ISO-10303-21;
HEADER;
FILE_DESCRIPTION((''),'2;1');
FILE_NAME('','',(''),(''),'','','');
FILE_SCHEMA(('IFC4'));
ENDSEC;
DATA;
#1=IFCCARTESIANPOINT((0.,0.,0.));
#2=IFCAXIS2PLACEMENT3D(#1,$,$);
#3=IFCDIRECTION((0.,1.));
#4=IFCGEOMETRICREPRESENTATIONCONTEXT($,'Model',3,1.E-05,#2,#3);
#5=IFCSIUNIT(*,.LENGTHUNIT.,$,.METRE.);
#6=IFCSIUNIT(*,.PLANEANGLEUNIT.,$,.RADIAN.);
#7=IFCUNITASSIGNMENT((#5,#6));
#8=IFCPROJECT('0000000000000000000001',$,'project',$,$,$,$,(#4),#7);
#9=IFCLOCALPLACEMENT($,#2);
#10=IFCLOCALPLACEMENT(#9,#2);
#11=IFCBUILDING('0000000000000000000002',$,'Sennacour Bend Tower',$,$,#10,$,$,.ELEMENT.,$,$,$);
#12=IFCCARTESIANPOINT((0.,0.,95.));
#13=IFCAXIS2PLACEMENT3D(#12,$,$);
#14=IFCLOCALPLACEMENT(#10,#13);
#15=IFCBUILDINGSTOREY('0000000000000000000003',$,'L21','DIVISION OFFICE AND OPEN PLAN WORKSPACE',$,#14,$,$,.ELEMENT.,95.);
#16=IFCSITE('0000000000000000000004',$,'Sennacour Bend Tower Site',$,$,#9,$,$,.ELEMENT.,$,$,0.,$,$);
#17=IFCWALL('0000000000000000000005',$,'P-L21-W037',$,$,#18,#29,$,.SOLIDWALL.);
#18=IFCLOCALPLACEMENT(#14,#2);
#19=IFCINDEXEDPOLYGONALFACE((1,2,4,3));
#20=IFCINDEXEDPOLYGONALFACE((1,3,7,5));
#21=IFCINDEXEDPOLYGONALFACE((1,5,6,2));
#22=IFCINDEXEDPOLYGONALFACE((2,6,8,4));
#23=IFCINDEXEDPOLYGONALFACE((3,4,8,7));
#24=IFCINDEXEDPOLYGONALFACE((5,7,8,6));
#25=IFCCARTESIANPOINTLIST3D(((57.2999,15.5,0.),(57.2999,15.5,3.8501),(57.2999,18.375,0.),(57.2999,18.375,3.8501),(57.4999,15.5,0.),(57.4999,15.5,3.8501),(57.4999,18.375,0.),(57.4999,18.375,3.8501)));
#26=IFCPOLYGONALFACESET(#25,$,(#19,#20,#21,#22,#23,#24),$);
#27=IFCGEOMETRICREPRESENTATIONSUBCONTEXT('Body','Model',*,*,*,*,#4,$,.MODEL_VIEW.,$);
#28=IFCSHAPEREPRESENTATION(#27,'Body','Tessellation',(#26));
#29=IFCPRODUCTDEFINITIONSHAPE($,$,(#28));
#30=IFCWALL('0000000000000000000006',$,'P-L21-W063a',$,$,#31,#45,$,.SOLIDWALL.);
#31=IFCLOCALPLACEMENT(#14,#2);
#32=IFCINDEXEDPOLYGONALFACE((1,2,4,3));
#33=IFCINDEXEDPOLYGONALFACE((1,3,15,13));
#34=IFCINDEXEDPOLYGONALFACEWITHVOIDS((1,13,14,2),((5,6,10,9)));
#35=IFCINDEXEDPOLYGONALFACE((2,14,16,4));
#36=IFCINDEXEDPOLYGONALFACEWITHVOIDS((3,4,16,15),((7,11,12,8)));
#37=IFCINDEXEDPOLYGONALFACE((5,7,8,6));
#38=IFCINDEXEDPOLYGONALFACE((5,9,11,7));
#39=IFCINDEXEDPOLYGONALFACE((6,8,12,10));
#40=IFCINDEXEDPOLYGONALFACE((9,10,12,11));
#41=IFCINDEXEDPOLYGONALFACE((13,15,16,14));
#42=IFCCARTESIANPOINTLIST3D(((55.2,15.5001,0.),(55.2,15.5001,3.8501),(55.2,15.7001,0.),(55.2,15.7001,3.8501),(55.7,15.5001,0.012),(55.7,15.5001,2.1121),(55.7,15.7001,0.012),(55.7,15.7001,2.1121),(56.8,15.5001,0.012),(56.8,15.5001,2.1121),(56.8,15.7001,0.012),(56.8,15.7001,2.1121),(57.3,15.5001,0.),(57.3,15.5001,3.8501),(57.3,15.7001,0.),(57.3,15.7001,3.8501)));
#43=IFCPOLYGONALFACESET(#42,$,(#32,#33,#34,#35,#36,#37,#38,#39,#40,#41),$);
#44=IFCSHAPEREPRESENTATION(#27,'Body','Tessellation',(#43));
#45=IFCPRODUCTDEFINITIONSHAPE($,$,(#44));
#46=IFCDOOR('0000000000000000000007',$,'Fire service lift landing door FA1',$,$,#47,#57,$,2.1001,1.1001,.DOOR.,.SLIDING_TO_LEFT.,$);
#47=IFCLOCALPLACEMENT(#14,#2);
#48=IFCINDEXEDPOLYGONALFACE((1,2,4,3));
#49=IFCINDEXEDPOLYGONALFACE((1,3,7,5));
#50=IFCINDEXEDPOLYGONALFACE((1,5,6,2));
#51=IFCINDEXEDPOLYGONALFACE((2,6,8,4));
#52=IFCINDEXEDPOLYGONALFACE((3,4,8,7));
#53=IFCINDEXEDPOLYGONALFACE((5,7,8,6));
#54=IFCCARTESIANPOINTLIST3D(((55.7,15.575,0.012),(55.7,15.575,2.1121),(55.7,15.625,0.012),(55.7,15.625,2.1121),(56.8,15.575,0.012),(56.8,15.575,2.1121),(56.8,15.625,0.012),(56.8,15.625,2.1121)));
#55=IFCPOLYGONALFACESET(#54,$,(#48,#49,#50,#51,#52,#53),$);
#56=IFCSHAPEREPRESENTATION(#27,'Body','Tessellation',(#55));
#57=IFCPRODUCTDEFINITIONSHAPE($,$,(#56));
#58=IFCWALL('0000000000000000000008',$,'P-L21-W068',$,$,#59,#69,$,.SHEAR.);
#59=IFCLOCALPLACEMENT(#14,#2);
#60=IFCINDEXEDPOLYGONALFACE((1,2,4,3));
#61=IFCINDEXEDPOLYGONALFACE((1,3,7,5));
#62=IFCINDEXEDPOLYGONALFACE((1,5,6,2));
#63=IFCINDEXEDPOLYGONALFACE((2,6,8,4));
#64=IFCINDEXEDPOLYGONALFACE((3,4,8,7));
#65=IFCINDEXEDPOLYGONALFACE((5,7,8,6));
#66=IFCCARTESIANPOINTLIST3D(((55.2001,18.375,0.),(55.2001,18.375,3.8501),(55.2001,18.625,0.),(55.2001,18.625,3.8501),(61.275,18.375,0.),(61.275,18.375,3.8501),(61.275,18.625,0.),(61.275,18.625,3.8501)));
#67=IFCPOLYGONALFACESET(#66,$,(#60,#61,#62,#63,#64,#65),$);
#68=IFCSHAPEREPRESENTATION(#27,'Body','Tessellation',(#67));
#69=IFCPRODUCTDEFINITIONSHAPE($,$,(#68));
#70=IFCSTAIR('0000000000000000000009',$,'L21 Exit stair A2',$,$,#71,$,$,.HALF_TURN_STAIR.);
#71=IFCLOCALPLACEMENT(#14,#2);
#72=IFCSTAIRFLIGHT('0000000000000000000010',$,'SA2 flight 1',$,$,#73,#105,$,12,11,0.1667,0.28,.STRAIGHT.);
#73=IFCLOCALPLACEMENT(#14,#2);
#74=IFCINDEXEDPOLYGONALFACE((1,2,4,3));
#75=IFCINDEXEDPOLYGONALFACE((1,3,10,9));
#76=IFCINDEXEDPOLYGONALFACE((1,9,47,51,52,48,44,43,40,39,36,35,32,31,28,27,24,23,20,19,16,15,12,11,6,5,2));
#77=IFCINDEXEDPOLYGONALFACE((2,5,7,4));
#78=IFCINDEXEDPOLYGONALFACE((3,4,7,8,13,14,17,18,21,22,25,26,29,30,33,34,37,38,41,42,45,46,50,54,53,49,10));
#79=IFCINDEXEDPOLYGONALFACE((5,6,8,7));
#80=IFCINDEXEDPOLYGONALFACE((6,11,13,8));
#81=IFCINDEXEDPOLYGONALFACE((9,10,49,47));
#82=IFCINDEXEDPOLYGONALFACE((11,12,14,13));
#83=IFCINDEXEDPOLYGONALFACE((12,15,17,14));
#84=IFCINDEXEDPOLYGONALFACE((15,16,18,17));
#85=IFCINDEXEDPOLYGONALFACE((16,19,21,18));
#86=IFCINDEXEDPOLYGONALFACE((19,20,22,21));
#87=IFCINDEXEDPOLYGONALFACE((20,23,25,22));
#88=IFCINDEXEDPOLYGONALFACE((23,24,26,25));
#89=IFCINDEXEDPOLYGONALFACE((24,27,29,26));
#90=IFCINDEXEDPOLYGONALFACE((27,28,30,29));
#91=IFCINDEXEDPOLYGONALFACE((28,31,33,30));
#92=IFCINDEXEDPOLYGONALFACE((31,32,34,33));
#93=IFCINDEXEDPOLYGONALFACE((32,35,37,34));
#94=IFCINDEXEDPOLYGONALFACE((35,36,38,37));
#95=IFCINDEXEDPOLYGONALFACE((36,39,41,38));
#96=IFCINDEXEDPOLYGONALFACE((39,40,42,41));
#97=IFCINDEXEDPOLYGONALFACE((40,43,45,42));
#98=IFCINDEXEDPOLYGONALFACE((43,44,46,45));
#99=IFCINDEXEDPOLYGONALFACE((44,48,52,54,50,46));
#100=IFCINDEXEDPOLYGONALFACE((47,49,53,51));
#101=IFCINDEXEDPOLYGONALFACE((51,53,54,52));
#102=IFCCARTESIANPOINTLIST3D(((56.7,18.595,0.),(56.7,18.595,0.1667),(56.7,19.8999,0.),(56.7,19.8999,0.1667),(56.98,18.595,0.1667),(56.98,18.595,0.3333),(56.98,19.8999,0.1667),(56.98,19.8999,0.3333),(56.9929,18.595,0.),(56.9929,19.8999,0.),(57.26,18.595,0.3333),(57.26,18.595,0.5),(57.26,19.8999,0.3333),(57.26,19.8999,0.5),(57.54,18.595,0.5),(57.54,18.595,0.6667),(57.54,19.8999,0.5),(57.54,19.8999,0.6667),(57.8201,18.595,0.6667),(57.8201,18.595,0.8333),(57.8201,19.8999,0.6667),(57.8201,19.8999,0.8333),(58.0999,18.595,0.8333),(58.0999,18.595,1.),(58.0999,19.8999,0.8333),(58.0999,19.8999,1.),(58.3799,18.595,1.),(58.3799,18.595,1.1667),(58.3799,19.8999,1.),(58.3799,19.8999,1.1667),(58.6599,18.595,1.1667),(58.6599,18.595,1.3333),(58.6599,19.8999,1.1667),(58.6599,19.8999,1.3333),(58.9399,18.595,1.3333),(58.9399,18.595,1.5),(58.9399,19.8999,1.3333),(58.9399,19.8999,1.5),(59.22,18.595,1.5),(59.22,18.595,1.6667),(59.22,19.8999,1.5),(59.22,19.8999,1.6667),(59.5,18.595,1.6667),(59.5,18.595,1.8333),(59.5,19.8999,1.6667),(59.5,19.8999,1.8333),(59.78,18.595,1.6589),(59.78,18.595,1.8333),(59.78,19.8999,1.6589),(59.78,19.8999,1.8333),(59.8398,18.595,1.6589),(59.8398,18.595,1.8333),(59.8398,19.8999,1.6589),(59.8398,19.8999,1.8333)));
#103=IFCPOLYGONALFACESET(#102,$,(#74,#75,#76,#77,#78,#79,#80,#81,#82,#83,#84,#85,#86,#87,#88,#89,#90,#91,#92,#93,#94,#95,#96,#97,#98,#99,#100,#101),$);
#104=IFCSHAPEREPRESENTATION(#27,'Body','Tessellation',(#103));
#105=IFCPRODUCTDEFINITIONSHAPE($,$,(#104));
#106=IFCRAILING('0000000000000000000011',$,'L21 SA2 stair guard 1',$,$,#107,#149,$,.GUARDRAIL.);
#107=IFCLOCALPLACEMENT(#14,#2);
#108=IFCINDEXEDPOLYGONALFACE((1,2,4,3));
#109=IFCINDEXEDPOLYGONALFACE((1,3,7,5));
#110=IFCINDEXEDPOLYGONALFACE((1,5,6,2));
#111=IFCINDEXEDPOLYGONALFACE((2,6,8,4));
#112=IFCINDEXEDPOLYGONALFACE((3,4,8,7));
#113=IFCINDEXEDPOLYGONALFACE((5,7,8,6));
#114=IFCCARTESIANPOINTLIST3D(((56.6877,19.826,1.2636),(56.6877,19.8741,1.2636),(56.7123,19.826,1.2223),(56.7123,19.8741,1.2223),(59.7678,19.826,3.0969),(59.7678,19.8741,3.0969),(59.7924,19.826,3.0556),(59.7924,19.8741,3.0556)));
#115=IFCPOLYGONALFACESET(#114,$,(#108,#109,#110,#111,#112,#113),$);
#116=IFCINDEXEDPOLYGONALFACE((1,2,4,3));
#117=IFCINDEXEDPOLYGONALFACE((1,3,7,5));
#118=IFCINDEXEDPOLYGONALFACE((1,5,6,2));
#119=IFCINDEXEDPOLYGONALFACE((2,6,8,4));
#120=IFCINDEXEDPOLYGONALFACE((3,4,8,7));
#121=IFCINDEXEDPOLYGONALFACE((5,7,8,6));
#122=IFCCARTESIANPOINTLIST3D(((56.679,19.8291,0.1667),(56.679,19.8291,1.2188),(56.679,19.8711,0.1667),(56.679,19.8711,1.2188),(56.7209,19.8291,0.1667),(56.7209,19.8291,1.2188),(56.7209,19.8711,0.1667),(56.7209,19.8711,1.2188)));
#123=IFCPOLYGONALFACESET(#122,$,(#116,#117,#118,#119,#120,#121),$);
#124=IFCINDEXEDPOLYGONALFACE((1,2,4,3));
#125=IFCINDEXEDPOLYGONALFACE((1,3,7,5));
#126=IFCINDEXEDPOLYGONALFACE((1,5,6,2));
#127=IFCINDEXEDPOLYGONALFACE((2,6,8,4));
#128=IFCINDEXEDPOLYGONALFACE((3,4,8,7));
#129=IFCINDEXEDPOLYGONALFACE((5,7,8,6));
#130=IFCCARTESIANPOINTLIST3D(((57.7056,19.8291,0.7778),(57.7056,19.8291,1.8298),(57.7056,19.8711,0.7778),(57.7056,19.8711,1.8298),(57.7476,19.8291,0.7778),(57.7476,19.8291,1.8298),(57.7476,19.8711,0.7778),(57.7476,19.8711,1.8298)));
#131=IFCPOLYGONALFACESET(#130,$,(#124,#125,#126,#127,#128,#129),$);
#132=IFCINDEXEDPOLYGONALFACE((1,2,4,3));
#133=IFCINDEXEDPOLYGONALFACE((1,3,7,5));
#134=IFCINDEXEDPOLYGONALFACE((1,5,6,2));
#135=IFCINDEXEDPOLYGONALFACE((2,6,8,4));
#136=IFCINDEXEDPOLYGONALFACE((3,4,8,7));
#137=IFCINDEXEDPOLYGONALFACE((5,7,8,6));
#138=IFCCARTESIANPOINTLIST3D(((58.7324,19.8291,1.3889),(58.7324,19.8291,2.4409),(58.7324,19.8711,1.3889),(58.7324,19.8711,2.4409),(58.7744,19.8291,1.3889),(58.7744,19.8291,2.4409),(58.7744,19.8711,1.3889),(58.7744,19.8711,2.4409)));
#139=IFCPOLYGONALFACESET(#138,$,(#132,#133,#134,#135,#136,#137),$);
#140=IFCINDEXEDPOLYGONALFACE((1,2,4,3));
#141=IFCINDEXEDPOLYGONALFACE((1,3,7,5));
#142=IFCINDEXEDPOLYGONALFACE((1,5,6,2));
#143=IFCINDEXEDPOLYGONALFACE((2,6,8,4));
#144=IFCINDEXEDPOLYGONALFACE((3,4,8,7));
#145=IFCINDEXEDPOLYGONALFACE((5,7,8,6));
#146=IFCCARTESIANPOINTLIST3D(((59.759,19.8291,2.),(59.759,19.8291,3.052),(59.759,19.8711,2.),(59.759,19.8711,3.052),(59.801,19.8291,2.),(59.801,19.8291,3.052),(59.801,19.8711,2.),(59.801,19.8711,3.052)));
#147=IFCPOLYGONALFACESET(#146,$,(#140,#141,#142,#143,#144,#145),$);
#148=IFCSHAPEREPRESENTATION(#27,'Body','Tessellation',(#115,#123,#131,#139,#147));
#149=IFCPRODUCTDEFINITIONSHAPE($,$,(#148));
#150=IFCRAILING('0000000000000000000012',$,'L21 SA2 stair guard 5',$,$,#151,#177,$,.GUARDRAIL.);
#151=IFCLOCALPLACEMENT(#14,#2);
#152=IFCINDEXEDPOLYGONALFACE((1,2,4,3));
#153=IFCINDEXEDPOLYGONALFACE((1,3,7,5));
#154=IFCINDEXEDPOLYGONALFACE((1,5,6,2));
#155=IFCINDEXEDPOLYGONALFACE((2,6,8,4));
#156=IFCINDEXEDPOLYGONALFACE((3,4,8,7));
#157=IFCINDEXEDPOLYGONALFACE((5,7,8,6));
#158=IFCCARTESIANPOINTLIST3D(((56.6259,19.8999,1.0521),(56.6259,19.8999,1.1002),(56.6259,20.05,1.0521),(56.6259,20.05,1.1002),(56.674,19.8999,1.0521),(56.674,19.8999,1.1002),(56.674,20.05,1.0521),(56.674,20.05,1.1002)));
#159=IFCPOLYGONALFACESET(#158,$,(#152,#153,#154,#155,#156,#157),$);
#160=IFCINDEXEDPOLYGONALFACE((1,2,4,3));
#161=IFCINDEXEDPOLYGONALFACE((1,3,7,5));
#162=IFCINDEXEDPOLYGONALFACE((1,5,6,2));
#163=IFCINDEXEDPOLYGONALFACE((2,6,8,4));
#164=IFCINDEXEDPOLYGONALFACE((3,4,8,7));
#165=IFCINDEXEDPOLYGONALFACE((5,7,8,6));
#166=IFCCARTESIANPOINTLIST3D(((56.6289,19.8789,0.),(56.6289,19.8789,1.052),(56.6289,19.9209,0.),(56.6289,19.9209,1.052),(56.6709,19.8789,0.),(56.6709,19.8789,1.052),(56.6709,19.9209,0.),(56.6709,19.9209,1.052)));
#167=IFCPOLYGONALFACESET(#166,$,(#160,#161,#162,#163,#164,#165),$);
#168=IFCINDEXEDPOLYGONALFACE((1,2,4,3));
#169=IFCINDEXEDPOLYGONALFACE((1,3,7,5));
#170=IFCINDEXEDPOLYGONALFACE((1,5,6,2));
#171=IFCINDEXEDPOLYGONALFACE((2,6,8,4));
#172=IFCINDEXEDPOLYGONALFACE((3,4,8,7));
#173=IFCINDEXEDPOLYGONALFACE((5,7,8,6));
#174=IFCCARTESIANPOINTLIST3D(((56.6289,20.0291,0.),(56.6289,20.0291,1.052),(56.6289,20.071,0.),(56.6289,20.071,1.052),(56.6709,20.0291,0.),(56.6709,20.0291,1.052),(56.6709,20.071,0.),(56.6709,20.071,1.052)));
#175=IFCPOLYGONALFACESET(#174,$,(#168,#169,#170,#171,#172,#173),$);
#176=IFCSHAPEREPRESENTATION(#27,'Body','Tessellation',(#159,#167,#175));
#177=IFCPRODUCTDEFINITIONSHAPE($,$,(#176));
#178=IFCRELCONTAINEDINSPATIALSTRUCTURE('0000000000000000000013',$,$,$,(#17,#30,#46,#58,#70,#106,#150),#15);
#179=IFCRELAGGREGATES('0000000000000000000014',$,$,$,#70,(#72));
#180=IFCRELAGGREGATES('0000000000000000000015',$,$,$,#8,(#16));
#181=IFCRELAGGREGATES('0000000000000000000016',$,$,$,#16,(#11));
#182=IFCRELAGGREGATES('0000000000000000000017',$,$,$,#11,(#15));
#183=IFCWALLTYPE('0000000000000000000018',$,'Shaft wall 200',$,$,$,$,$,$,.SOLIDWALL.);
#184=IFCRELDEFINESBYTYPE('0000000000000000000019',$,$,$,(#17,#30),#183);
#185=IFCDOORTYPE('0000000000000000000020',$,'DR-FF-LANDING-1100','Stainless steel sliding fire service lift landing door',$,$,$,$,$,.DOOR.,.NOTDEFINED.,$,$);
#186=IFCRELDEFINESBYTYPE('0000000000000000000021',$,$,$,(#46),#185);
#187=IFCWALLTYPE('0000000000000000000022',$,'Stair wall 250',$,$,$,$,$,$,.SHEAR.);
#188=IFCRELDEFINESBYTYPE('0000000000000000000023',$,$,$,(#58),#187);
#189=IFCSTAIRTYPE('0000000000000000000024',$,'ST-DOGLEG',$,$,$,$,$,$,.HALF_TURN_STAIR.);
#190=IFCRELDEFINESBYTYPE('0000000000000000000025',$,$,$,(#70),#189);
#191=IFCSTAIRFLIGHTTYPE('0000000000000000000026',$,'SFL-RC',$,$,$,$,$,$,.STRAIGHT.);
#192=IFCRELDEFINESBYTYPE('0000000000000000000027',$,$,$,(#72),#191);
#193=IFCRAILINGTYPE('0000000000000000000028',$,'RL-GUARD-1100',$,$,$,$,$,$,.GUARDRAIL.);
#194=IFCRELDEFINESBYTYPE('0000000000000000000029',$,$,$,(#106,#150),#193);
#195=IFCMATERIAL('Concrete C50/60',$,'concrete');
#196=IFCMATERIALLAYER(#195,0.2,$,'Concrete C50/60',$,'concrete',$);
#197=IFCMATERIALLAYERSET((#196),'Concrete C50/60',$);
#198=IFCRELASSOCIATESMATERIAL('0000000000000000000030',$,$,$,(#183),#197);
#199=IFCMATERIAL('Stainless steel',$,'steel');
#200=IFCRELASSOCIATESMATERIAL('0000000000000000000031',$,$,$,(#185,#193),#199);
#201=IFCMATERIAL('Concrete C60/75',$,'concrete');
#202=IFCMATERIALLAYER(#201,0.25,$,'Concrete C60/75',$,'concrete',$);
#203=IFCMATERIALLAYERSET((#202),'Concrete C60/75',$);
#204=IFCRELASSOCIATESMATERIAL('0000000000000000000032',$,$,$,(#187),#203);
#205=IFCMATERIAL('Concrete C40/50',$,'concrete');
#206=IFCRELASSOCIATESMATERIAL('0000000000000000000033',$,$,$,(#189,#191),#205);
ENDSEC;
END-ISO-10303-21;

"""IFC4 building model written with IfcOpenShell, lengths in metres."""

from ifc_helpers import new_model, si_unit, direction, frame, frame_2d, origin, origin_2d, place, context, subcontext, project, spatial, polyline, rectangle, outline, extrude, material, layer, layer_set, type_object, element, fill, aggregate, save


model = new_model("IFC4")

# Units and contexts
model_context = context("Model", 3, precision=1e-05, world=origin(), true_north=direction((0.0, 1.0)))
body_context = subcontext(model_context, "Body", "Model", "MODEL_VIEW")
ifc_project = project(units=[si_unit("LENGTHUNIT", "METRE"), si_unit("PLANEANGLEUNIT", "RADIAN")], contexts=[model_context])

# Site, building, storey
site_placement = place(None, origin())
site = spatial("IfcSite", under=ifc_project, at=site_placement, Name="Sennacour Bend Tower Site", CompositionType="ELEMENT", RefElevation=0.0)
building_placement = place(site_placement, origin())
building = spatial("IfcBuilding", under=site, at=building_placement, Name="Sennacour Bend Tower", CompositionType="ELEMENT")
storey_placement = place(building_placement, frame((0.0, 0.0, 95.0)))
storey = spatial("IfcBuildingStorey", under=building, at=storey_placement, Name="L21", Description="DIVISION OFFICE AND OPEN PLAN WORKSPACE", CompositionType="ELEMENT", Elevation=95.0)

# Wall
ifc_material_1 = material(Name="Concrete C50/60", Category="concrete")
ifc_layer_1 = layer(ifc_material_1, 0.2, Name="Concrete C50/60", Category="concrete")
ifc_layer_set_1 = layer_set([ifc_layer_1], Name="Concrete C50/60")
wall_type_1 = type_object("IfcWallType", Name="Shaft wall 200", PredefinedType="SOLIDWALL", material=ifc_layer_set_1)
wall_1_placement = place(storey_placement, frame((57.3999, 15.5, 0.0), z_axis=(0.0, 0.0, 1.0), x_axis=(0.0, 1.0, 0.0)))
element("IfcWall", 1, at=wall_1_placement, inside=storey, type_object=wall_type_1, Name="P-L21-W037", PredefinedType="SOLIDWALL", context=body_context, shape_type="SweptSolid", body=[
    extrude(rectangle(XDim=2.875, YDim=0.2, at=frame_2d((1.4375, 0.0))), origin(), (0.0, 0.0, 1.0), 3.8501),
])

# Wall, opening, door
wall_2_placement = place(storey_placement, frame((55.2, 15.6001, 0.0), z_axis=(0.0, 0.0, 1.0), x_axis=(1.0, 0.0, 0.0)))
wall_2 = element("IfcWall", 2, at=wall_2_placement, inside=storey, type_object=wall_type_1, Name="P-L21-W063a", PredefinedType="SOLIDWALL", context=body_context, shape_type="SweptSolid", body=[
    extrude(rectangle(XDim=2.1001, YDim=0.2, at=frame_2d((1.05, 0.0))), origin(), (0.0, 0.0, 1.0), 3.8501),
])
opening_1_placement = place(wall_2_placement, frame((0.5, 0.0, 0.012)))
opening_1 = element("IfcOpeningElement", 3, at=opening_1_placement, cuts=wall_2, PredefinedType="OPENING", context=body_context, shape_type="SweptSolid", body=[
    extrude(rectangle(XDim=1.1001, YDim=2.1001, at=frame_2d((0.55, 1.05))), frame((0.0, 0.1099, 0.0), z_axis=(0.0, -1.0, 0.0), x_axis=(1.0, 0.0, 0.0)), (0.0, 0.0, 1.0), 0.22),
])
ifc_material_2 = material(Name="Stainless steel", Category="steel")
door_type_1 = type_object("IfcDoorType", Name="DR-FF-LANDING-1100", Description="Stainless steel sliding fire service lift landing door", OperationType="NOTDEFINED", PredefinedType="DOOR", material=ifc_material_2)
door_1_placement = place(opening_1_placement, origin())
door_1 = element("IfcDoor", 4, at=door_1_placement, inside=storey, type_object=door_type_1, Name="Fire service lift landing door FA1", OperationType="SLIDING_TO_LEFT", OverallHeight=2.1001, OverallWidth=1.1001, PredefinedType="DOOR", context=body_context, shape_type="SweptSolid", body=[
    extrude(rectangle(XDim=1.1001, YDim=2.1001, at=frame_2d((0.55, 1.05))), frame((0.0, 0.0249, 0.0), z_axis=(0.0, -1.0, 0.0), x_axis=(1.0, 0.0, 0.0)), (0.0, 0.0, 1.0), 0.05),
])
fill(opening_1, door_1)

# Wall
ifc_material_3 = material(Name="Concrete C60/75", Category="concrete")
ifc_layer_2 = layer(ifc_material_3, 0.25, Name="Concrete C60/75", Category="concrete")
ifc_layer_set_2 = layer_set([ifc_layer_2], Name="Concrete C60/75")
wall_type_2 = type_object("IfcWallType", Name="Stair wall 250", PredefinedType="SHEAR", material=ifc_layer_set_2)
wall_3_placement = place(storey_placement, frame((55.2, 18.5, 0.0), z_axis=(0.0, 0.0, 1.0), x_axis=(1.0, 0.0, 0.0)))
element("IfcWall", 5, at=wall_3_placement, inside=storey, type_object=wall_type_2, Name="P-L21-W068", PredefinedType="SHEAR", context=body_context, shape_type="SweptSolid", body=[
    extrude(rectangle(XDim=6.075, YDim=0.25, at=frame_2d((3.0376, 0.0))), origin(), (0.0, 0.0, 1.0), 3.8501),
])

# Stair, stair flight
ifc_material_4 = material(Name="Concrete C40/50", Category="concrete")
stair_type = type_object("IfcStairType", Name="ST-DOGLEG", PredefinedType="HALF_TURN_STAIR", material=ifc_material_4)
stair_placement = place(storey_placement, origin())
stair = element("IfcStair", 6, at=stair_placement, inside=storey, type_object=stair_type, Name="L21 Exit stair A2", PredefinedType="HALF_TURN_STAIR")
stair_flight_type = type_object("IfcStairFlightType", Name="SFL-RC", PredefinedType="STRAIGHT", material=ifc_material_4)
stair_flight_placement = place(storey_placement, frame((56.7, 19.2476, 0.0), z_axis=(0.0, 0.0, 1.0), x_axis=(1.0, 0.0, 0.0)))
stair_flight = element("IfcStairFlight", 7, at=stair_flight_placement, type_object=stair_flight_type, Name="SA2 flight 1", NumberOfRisers=12, NumberOfTreads=11, PredefinedType="STRAIGHT", RiserHeight=0.1667, TreadLength=0.28, context=body_context, shape_type="SweptSolid", body=[
    extrude(outline(polyline([(0.0, 0.0), (0.0, 0.1667), (0.28, 0.1667), (0.28, 0.3333), (0.5601, 0.3333), (0.5601, 0.5), (0.8401, 0.5), (0.8401, 0.6667), (1.1201, 0.6667), (1.1201, 0.8333), (1.3999, 0.8333), (1.3999, 1.0), (1.6799, 1.0), (1.6799, 1.1667), (1.96, 1.1667), (1.96, 1.3333), (2.24, 1.3333), (2.24, 1.5), (2.52, 1.5), (2.52, 1.6667), (2.8, 1.6667), (2.8, 1.8333), (3.0801, 1.8333), (3.1399, 1.8333), (3.1399, 1.6589), (3.0801, 1.6589), (0.293, 0.0), (0.0, 0.0)])), frame((0.0, 0.6523, 0.0), z_axis=(0.0, -1.0, 0.0), x_axis=(1.0, 0.0, 0.0)), (0.0, 0.0, 1.0), 1.3049),
])
aggregate(stair, [stair_flight])

# Railings
railing_type_1 = type_object("IfcRailingType", Name="RL-GUARD-1100", PredefinedType="GUARDRAIL", material=ifc_material_2)
railing_1_placement = place(storey_placement, frame((56.7, 19.8501, 0.1667)))
element("IfcRailing", 8, at=railing_1_placement, inside=storey, type_object=railing_type_1, Name="L21 SA2 stair guard 1", PredefinedType="GUARDRAIL", context=body_context, shape_type="SweptSolid", body=[
    extrude(rectangle(XDim=0.0481, YDim=0.0481, at=origin_2d()), frame((0.0, 0.0, 1.0762), z_axis=(0.859309, 0.0, 0.511458), x_axis=(0.0, 1.0, 0.0)), (0.0, 0.0, 1.0), 3.5845),
    extrude(rectangle(XDim=0.042, YDim=0.042, at=origin_2d()), origin(), (0.0, 0.0, 1.0), 1.052),
    extrude(rectangle(XDim=0.042, YDim=0.042, at=origin_2d()), frame((1.0266, 0.0, 0.6111)), (0.0, 0.0, 1.0), 1.052),
    extrude(rectangle(XDim=0.042, YDim=0.042, at=origin_2d()), frame((2.0535, 0.0, 1.2222)), (0.0, 0.0, 1.0), 1.052),
    extrude(rectangle(XDim=0.042, YDim=0.042, at=origin_2d()), frame((3.0801, 0.0, 1.8333)), (0.0, 0.0, 1.0), 1.052),
])
railing_2_placement = place(storey_placement, frame((56.6499, 19.8999, 0.0)))
element("IfcRailing", 9, at=railing_2_placement, inside=storey, type_object=railing_type_1, Name="L21 SA2 stair guard 5", PredefinedType="GUARDRAIL", context=body_context, shape_type="SweptSolid", body=[
    extrude(rectangle(XDim=0.0481, YDim=0.0481, at=origin_2d()), frame((0.0, 0.0, 1.0762), z_axis=(0.0, 1.0, 0.0), x_axis=(-1.0, 0.0, 0.0)), (0.0, 0.0, 1.0), 0.1501),
    extrude(rectangle(XDim=0.042, YDim=0.042, at=origin_2d()), origin(), (0.0, 0.0, 1.0), 1.052),
    extrude(rectangle(XDim=0.042, YDim=0.042, at=origin_2d()), frame((0.0, 0.1501, 0.0)), (0.0, 0.0, 1.0), 1.052),
])

save(model, "model.ifc")
